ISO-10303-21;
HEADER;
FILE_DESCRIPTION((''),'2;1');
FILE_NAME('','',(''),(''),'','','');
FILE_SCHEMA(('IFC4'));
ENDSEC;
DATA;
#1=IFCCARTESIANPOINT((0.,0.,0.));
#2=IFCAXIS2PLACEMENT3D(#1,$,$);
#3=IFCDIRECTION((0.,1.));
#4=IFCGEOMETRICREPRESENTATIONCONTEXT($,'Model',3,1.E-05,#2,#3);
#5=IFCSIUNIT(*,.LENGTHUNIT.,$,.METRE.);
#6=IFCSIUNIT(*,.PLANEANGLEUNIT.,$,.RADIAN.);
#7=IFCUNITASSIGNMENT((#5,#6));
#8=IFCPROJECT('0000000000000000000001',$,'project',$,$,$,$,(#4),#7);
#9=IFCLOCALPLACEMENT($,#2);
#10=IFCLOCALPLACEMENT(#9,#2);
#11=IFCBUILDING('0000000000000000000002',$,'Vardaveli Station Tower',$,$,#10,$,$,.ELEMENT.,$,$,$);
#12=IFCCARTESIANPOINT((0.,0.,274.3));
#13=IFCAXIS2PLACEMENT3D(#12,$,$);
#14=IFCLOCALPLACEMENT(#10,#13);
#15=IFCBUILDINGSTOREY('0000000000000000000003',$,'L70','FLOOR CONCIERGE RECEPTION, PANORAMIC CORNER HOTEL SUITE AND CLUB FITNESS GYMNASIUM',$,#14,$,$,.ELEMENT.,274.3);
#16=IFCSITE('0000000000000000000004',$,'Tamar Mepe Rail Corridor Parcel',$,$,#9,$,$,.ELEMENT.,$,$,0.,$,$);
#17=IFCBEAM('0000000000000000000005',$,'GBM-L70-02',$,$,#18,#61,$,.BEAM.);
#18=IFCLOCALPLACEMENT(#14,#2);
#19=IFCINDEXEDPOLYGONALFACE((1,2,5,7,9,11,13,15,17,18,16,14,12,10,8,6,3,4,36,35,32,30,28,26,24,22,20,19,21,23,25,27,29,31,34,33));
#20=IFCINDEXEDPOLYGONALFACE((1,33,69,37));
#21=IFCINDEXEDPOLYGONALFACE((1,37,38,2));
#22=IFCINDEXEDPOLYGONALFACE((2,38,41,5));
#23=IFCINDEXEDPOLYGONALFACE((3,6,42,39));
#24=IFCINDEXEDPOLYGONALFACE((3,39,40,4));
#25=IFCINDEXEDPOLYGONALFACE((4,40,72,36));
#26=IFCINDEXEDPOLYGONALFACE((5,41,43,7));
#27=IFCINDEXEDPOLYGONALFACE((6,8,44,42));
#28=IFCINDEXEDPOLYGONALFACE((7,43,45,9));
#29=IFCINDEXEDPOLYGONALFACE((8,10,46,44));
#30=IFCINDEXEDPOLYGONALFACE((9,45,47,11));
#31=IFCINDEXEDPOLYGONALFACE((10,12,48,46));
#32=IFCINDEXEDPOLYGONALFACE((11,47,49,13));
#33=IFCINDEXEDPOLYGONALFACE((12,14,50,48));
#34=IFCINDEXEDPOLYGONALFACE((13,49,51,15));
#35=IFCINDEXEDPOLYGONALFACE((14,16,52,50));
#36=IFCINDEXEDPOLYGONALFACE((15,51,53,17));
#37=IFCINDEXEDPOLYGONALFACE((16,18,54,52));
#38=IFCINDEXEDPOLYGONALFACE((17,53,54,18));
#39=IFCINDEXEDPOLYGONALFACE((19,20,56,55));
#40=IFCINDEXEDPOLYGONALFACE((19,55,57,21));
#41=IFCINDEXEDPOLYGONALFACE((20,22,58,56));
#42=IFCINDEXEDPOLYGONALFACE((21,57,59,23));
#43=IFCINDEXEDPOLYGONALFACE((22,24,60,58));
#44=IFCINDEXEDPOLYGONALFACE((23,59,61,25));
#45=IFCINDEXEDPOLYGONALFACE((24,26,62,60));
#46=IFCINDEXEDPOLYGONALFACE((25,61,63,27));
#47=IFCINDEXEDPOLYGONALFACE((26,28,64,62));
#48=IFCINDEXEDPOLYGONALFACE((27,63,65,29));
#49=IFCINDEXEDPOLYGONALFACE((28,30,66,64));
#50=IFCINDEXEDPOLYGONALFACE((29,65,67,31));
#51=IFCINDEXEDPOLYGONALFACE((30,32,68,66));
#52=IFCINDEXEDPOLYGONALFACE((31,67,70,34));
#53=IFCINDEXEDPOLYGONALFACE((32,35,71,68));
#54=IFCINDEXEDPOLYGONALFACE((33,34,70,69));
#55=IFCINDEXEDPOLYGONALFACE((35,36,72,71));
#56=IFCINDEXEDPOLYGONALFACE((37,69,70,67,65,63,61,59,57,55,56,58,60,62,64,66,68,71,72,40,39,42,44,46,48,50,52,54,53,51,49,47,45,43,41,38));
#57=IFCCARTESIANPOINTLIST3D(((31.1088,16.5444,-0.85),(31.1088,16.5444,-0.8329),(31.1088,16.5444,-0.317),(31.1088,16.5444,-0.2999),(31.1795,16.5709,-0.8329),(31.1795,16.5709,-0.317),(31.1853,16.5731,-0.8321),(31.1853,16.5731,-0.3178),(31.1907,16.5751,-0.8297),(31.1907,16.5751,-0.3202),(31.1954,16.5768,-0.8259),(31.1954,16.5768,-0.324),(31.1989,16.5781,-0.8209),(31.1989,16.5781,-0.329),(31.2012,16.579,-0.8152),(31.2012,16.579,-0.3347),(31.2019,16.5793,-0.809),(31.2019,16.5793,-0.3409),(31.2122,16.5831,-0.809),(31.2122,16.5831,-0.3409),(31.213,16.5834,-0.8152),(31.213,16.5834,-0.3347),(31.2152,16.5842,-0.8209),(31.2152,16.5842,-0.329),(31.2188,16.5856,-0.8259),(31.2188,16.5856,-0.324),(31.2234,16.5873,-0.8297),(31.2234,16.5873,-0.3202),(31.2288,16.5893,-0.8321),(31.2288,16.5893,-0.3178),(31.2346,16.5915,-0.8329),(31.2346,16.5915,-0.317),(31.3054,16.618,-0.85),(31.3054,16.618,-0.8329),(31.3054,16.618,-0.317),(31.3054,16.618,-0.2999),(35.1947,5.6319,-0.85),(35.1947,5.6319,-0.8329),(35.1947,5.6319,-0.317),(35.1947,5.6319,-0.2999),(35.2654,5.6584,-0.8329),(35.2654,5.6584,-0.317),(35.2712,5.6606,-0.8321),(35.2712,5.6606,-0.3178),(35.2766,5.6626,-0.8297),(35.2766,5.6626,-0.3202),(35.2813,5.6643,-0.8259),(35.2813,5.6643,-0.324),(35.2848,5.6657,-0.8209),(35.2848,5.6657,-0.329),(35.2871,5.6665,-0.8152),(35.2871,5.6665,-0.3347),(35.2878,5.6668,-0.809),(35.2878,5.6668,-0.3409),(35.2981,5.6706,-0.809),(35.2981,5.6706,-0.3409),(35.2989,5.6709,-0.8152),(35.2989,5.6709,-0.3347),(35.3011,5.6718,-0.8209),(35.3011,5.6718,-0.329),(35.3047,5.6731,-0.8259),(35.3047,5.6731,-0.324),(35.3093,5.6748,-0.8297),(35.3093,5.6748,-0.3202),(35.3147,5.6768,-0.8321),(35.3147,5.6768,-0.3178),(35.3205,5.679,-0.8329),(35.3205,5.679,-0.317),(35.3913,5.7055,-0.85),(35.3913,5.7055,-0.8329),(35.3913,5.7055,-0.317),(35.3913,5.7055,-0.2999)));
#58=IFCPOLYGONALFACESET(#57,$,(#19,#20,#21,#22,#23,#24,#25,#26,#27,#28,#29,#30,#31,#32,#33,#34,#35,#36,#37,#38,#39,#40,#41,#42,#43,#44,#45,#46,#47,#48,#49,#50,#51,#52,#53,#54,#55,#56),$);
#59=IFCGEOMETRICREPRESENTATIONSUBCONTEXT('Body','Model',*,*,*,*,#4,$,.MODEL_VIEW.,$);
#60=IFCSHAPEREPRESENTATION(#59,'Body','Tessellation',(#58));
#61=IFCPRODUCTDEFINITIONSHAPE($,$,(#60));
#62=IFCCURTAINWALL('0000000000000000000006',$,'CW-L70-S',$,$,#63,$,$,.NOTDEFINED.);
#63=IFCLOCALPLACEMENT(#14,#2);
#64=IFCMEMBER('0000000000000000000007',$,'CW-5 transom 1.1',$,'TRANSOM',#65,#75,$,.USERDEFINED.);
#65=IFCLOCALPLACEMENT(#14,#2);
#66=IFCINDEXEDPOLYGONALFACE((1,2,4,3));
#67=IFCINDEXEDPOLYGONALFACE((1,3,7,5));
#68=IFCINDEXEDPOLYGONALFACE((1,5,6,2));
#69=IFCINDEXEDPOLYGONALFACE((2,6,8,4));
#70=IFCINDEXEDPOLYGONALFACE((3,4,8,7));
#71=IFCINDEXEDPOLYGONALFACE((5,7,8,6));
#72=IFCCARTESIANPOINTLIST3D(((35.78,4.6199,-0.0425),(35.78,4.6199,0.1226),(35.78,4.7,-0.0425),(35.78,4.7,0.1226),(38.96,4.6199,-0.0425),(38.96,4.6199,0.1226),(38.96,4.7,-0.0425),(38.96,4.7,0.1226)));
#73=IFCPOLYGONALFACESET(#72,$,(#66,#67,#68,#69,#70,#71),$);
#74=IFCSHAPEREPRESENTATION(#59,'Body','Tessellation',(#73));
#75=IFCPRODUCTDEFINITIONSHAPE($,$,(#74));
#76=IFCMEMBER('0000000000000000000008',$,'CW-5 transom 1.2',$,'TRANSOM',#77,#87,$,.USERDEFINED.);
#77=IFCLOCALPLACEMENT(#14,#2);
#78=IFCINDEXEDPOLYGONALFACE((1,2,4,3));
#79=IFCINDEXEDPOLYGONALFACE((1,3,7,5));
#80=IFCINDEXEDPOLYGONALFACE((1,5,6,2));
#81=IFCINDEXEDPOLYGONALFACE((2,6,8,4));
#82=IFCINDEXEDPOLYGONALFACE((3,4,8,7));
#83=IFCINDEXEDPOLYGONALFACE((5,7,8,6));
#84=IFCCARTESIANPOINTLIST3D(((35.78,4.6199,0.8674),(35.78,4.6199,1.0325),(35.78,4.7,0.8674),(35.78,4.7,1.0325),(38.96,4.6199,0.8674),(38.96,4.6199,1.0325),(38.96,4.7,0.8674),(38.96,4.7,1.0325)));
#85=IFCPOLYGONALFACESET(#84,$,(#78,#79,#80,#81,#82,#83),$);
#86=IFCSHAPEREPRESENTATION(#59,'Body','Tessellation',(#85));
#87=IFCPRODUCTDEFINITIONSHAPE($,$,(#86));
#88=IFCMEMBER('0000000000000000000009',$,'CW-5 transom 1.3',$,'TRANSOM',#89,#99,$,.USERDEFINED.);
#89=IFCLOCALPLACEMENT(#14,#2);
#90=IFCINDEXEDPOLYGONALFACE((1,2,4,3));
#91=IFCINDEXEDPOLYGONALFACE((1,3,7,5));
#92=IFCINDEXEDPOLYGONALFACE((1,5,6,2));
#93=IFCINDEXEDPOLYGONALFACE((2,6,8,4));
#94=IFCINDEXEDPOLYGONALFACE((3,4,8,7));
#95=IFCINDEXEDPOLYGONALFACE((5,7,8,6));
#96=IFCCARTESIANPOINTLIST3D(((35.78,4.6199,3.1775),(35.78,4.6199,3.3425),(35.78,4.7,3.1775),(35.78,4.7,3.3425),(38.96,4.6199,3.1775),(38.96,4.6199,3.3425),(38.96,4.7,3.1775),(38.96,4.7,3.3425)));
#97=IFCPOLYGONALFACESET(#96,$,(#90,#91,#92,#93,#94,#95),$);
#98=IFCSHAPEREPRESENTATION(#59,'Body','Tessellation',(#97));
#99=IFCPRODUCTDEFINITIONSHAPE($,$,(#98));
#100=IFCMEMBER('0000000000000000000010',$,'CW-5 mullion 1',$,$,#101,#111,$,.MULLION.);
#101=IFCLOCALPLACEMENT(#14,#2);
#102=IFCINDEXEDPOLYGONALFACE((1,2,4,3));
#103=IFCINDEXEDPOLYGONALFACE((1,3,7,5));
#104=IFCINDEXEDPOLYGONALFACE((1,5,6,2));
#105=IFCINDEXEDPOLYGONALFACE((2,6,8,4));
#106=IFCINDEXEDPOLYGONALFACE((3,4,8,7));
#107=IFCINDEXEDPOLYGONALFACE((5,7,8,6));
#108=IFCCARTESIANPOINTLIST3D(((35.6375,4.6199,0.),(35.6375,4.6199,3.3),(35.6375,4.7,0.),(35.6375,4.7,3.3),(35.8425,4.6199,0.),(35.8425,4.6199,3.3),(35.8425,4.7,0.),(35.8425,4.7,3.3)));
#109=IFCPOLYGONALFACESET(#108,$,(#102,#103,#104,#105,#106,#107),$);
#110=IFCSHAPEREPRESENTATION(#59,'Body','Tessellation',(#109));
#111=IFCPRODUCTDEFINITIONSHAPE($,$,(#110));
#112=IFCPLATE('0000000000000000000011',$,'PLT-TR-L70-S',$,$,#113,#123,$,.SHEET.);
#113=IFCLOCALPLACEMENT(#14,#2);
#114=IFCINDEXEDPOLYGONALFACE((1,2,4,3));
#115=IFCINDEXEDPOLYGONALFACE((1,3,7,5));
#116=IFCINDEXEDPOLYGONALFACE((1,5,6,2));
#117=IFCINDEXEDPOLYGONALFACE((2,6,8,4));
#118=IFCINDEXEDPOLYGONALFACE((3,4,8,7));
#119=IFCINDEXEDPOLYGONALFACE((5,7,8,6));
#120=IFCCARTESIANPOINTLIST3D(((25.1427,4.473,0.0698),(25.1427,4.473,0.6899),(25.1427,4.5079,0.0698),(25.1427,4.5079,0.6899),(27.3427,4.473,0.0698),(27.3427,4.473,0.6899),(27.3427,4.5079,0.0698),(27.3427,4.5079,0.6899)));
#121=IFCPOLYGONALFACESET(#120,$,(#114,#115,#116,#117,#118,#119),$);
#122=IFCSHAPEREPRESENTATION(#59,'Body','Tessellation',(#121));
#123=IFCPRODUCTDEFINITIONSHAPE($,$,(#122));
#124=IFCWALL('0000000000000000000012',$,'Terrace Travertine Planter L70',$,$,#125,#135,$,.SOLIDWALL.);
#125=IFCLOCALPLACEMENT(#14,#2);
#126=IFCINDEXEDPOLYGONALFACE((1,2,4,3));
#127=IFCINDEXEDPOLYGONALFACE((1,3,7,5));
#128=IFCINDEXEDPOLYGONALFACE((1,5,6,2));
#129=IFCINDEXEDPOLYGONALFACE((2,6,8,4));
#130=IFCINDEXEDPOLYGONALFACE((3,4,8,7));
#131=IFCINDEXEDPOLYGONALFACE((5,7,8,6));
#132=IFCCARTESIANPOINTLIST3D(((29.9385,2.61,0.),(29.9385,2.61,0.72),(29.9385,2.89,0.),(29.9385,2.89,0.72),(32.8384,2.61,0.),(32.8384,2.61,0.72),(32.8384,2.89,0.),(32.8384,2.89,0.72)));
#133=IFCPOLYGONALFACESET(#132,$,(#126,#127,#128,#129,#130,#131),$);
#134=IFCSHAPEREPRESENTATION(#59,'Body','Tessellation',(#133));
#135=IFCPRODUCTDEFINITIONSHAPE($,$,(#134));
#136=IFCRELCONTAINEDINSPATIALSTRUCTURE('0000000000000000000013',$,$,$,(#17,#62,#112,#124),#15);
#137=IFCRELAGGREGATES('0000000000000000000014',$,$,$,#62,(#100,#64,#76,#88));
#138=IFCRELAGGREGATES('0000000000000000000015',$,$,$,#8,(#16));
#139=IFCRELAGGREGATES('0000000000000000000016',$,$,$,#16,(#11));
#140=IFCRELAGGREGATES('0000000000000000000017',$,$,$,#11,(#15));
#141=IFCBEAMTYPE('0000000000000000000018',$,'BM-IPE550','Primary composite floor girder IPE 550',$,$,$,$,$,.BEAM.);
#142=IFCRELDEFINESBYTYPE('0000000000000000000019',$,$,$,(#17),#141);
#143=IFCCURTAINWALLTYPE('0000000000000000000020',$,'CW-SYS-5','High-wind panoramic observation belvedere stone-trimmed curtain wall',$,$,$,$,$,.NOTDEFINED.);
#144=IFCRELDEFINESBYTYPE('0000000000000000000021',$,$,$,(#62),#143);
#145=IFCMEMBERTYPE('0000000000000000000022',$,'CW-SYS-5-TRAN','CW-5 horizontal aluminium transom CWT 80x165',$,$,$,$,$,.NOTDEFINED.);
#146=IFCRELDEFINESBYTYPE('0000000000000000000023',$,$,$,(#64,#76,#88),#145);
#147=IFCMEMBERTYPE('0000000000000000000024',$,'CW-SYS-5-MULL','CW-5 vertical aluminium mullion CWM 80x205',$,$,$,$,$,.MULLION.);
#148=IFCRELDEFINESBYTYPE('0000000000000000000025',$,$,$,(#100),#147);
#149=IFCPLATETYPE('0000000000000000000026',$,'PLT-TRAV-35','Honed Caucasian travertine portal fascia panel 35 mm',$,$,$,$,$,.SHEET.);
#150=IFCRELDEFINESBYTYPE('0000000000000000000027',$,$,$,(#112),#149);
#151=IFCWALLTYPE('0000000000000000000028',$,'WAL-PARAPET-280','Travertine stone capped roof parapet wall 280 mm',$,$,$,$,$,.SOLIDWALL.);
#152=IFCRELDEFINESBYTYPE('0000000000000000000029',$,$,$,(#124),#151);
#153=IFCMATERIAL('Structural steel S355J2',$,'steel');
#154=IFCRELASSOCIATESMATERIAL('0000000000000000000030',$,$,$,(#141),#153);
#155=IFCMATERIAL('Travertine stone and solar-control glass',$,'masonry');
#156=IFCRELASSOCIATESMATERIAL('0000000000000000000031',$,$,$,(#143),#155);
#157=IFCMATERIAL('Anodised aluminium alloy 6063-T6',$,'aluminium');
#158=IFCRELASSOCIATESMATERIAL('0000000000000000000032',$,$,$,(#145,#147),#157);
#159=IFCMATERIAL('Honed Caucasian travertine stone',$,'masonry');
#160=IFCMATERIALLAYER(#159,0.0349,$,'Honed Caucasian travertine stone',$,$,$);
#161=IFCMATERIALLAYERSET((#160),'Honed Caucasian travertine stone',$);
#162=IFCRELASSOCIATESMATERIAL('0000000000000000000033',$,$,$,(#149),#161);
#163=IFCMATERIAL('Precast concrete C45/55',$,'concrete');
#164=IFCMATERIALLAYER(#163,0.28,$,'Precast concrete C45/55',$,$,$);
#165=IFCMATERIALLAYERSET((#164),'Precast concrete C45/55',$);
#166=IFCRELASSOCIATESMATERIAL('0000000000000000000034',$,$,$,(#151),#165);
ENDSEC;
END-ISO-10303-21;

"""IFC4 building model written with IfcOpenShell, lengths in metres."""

from ifc_helpers import new_model, si_unit, direction, frame, frame_2d, origin, origin_2d, place, context, subcontext, project, spatial, rectangle, i_section, extrude, source, transform, mapped, material, layer, layer_set, material_profile, profile_set, type_object, element, aggregate, save


model = new_model("IFC4")

# Units and contexts
model_context = context("Model", 3, precision=1e-05, world=origin(), true_north=direction((0.0, 1.0)))
body_context = subcontext(model_context, "Body", "Model", "MODEL_VIEW")
ifc_project = project(units=[si_unit("LENGTHUNIT", "METRE"), si_unit("PLANEANGLEUNIT", "RADIAN")], contexts=[model_context])

# Site, building, storey
site_placement = place(None, origin())
site = spatial("IfcSite", under=ifc_project, at=site_placement, Name="Tamar Mepe Rail Corridor Parcel", CompositionType="ELEMENT", RefElevation=0.0)
building_placement = place(site_placement, origin())
building = spatial("IfcBuilding", under=site, at=building_placement, Name="Vardaveli Station Tower", CompositionType="ELEMENT")
storey_placement = place(building_placement, frame((0.0, 0.0, 274.3)))
storey = spatial("IfcBuildingStorey", under=building, at=storey_placement, Name="L70", Description="FLOOR CONCIERGE RECEPTION, PANORAMIC CORNER HOTEL SUITE AND CLUB FITNESS GYMNASIUM", CompositionType="ELEMENT", Elevation=274.3)

# Beam
ifc_material_1 = material(Name="Precast concrete C45/55", Category="concrete")
ifc_material_2 = material(Name="Structural steel S355J2", Category="steel")
ifc_material_profile_1 = material_profile(ifc_material_2, i_section(OverallWidth=0.21, OverallDepth=0.55, WebThickness=0.011, FlangeThickness=0.0171, FilletRadius=0.0239, at=origin_2d()), Name="IPE 550")
ifc_profile_set_1 = profile_set([ifc_material_profile_1], Name="Structural steel S355J2")
beam_type_1 = type_object("IfcBeamType", Name="BM-IPE550", Description="Primary composite floor girder IPE 550", PredefinedType="BEAM", material=ifc_profile_set_1)
shared_shape_1 = source(origin(), body_context, "Body", "SweptSolid", [
    extrude(i_section(OverallWidth=0.21, OverallDepth=0.55, WebThickness=0.011, FlangeThickness=0.0171, FilletRadius=0.0239, at=origin_2d()), origin(), (0.0, 0.0, 1.0), 11.6523),
])
beam_1_placement = place(storey_placement, frame((35.293, 5.6687, -0.575), z_axis=(-0.35065, 0.936506, 0.0), x_axis=(-0.936506, -0.35065, 0.0)))
element("IfcBeam", 1, at=beam_1_placement, inside=storey, type_object=beam_type_1, Name="GBM-L70-02", PredefinedType="BEAM", context=body_context, shape_type="MappedRepresentation", body=[
    mapped(shared_shape_1, transform((0.0, 0.0, 0.0), scale=1.0)),
])

# Curtain wall, members
ifc_material_3 = material(Name="Travertine stone and solar-control glass", Category="masonry")
curtain_wall_type = type_object("IfcCurtainWallType", Name="CW-SYS-5", Description="High-wind panoramic observation belvedere stone-trimmed curtain wall", PredefinedType="NOTDEFINED", material=ifc_material_3)
curtain_wall_placement = place(storey_placement, origin())
curtain_wall = element("IfcCurtainWall", 2, at=curtain_wall_placement, inside=storey, type_object=curtain_wall_type, Name="CW-L70-S", PredefinedType="NOTDEFINED")
ifc_material_4 = material(Name="Anodised aluminium alloy 6063-T6", Category="aluminium")
ifc_material_profile_2 = material_profile(ifc_material_4, rectangle(XDim=0.0801, YDim=0.165, at=origin_2d()), Name="CWT 80x165")
ifc_profile_set_2 = profile_set([ifc_material_profile_2], Name="Anodised aluminium alloy 6063-T6")
member_type_1 = type_object("IfcMemberType", Name="CW-SYS-5-TRAN", Description="CW-5 horizontal aluminium transom CWT 80x165", PredefinedType="NOTDEFINED", material=ifc_profile_set_2)
shared_shape_2 = source(origin(), body_context, "Body", "SweptSolid", [
    extrude(rectangle(XDim=0.0801, YDim=0.165, at=origin_2d()), origin(), (0.0, 0.0, 1.0), 3.1799),
])
member_1_placement = place(storey_placement, frame((35.78, 4.6599, 0.04), z_axis=(1.0, 0.0, 0.0), x_axis=(0.0, 1.0, 0.0)))
member_1 = element("IfcMember", 3, at=member_1_placement, type_object=member_type_1, Name="CW-5 transom 1.1", ObjectType="TRANSOM", PredefinedType="USERDEFINED", context=body_context, shape_type="MappedRepresentation", body=[
    mapped(shared_shape_2, transform((0.0, 0.0, 0.0), scale=1.0)),
])
member_2_placement = place(storey_placement, frame((35.78, 4.6599, 0.95), z_axis=(1.0, 0.0, 0.0), x_axis=(0.0, 1.0, 0.0)))
member_2 = element("IfcMember", 4, at=member_2_placement, type_object=member_type_1, Name="CW-5 transom 1.2", ObjectType="TRANSOM", PredefinedType="USERDEFINED", context=body_context, shape_type="MappedRepresentation", body=[
    mapped(shared_shape_2, transform((0.0, 0.0, 0.0), scale=1.0)),
])
member_3_placement = place(storey_placement, frame((35.78, 4.6599, 3.26), z_axis=(1.0, 0.0, 0.0), x_axis=(0.0, 1.0, 0.0)))
member_3 = element("IfcMember", 5, at=member_3_placement, type_object=member_type_1, Name="CW-5 transom 1.3", ObjectType="TRANSOM", PredefinedType="USERDEFINED", context=body_context, shape_type="MappedRepresentation", body=[
    mapped(shared_shape_2, transform((0.0, 0.0, 0.0), scale=1.0)),
])
ifc_material_profile_3 = material_profile(ifc_material_4, rectangle(XDim=0.0801, YDim=0.2051, at=origin_2d()), Name="CWM 80x205")
ifc_profile_set_3 = profile_set([ifc_material_profile_3], Name="Anodised aluminium alloy 6063-T6")
member_type_2 = type_object("IfcMemberType", Name="CW-SYS-5-MULL", Description="CW-5 vertical aluminium mullion CWM 80x205", PredefinedType="MULLION", material=ifc_profile_set_3)
shared_shape_3 = source(origin(), body_context, "Body", "SweptSolid", [
    extrude(rectangle(XDim=0.0801, YDim=0.2051, at=origin_2d()), origin(), (0.0, 0.0, 1.0), 3.3),
])
member_4_placement = place(storey_placement, frame((35.74, 4.6599, 0.0), z_axis=(0.0, 0.0, 1.0), x_axis=(0.0, 1.0, 0.0)))
member_4 = element("IfcMember", 6, at=member_4_placement, type_object=member_type_2, Name="CW-5 mullion 1", PredefinedType="MULLION", context=body_context, shape_type="MappedRepresentation", body=[
    mapped(shared_shape_3, transform((0.0, 0.0, 0.0), scale=1.0)),
])
aggregate(curtain_wall, [member_4, member_1, member_2, member_3])

# Plate
ifc_material_5 = material(Name="Honed Caucasian travertine stone", Category="masonry")
ifc_layer_1 = layer(ifc_material_5, 0.0349, Name="Honed Caucasian travertine stone")
ifc_layer_set_1 = layer_set([ifc_layer_1], Name="Honed Caucasian travertine stone")
plate_type = type_object("IfcPlateType", Name="PLT-TRAV-35", Description="Honed Caucasian travertine portal fascia panel 35 mm", PredefinedType="SHEET", material=ifc_layer_set_1)
shared_shape_4 = source(origin(), body_context, "Body", "SweptSolid", [
    extrude(rectangle(XDim=2.2, YDim=0.0349, at=origin_2d()), origin(), (0.0, 0.0, 1.0), 0.6201),
])
plate_placement = place(storey_placement, frame((26.2427, 4.4905, 0.0698), z_axis=(0.0, 0.0, 1.0), x_axis=(1.0, 0.0, 0.0)))
element("IfcPlate", 7, at=plate_placement, inside=storey, type_object=plate_type, Name="PLT-TR-L70-S", PredefinedType="SHEET", context=body_context, shape_type="MappedRepresentation", body=[
    mapped(shared_shape_4, transform((0.0, 0.0, 0.0), scale=1.0)),
])

# Wall
ifc_layer_2 = layer(ifc_material_1, 0.28, Name="Precast concrete C45/55")
ifc_layer_set_2 = layer_set([ifc_layer_2], Name="Precast concrete C45/55")
wall_type_1 = type_object("IfcWallType", Name="WAL-PARAPET-280", Description="Travertine stone capped roof parapet wall 280 mm", PredefinedType="SOLIDWALL", material=ifc_layer_set_2)
shared_shape_5 = source(origin(), body_context, "Body", "SweptSolid", [
    extrude(rectangle(XDim=2.8999, YDim=0.28, at=frame_2d((1.45, 0.0))), origin(), (0.0, 0.0, 1.0), 0.72),
])
wall_1_placement = place(storey_placement, frame((29.9385, 2.75, 0.0), z_axis=(0.0, 0.0, 1.0), x_axis=(1.0, 0.0, 0.0)))
element("IfcWall", 8, at=wall_1_placement, inside=storey, type_object=wall_type_1, Name="Terrace Travertine Planter L70", PredefinedType="SOLIDWALL", context=body_context, shape_type="MappedRepresentation", body=[
    mapped(shared_shape_5, transform((0.0, 0.0, 0.0), scale=1.0)),
])

save(model, "model.ifc")
